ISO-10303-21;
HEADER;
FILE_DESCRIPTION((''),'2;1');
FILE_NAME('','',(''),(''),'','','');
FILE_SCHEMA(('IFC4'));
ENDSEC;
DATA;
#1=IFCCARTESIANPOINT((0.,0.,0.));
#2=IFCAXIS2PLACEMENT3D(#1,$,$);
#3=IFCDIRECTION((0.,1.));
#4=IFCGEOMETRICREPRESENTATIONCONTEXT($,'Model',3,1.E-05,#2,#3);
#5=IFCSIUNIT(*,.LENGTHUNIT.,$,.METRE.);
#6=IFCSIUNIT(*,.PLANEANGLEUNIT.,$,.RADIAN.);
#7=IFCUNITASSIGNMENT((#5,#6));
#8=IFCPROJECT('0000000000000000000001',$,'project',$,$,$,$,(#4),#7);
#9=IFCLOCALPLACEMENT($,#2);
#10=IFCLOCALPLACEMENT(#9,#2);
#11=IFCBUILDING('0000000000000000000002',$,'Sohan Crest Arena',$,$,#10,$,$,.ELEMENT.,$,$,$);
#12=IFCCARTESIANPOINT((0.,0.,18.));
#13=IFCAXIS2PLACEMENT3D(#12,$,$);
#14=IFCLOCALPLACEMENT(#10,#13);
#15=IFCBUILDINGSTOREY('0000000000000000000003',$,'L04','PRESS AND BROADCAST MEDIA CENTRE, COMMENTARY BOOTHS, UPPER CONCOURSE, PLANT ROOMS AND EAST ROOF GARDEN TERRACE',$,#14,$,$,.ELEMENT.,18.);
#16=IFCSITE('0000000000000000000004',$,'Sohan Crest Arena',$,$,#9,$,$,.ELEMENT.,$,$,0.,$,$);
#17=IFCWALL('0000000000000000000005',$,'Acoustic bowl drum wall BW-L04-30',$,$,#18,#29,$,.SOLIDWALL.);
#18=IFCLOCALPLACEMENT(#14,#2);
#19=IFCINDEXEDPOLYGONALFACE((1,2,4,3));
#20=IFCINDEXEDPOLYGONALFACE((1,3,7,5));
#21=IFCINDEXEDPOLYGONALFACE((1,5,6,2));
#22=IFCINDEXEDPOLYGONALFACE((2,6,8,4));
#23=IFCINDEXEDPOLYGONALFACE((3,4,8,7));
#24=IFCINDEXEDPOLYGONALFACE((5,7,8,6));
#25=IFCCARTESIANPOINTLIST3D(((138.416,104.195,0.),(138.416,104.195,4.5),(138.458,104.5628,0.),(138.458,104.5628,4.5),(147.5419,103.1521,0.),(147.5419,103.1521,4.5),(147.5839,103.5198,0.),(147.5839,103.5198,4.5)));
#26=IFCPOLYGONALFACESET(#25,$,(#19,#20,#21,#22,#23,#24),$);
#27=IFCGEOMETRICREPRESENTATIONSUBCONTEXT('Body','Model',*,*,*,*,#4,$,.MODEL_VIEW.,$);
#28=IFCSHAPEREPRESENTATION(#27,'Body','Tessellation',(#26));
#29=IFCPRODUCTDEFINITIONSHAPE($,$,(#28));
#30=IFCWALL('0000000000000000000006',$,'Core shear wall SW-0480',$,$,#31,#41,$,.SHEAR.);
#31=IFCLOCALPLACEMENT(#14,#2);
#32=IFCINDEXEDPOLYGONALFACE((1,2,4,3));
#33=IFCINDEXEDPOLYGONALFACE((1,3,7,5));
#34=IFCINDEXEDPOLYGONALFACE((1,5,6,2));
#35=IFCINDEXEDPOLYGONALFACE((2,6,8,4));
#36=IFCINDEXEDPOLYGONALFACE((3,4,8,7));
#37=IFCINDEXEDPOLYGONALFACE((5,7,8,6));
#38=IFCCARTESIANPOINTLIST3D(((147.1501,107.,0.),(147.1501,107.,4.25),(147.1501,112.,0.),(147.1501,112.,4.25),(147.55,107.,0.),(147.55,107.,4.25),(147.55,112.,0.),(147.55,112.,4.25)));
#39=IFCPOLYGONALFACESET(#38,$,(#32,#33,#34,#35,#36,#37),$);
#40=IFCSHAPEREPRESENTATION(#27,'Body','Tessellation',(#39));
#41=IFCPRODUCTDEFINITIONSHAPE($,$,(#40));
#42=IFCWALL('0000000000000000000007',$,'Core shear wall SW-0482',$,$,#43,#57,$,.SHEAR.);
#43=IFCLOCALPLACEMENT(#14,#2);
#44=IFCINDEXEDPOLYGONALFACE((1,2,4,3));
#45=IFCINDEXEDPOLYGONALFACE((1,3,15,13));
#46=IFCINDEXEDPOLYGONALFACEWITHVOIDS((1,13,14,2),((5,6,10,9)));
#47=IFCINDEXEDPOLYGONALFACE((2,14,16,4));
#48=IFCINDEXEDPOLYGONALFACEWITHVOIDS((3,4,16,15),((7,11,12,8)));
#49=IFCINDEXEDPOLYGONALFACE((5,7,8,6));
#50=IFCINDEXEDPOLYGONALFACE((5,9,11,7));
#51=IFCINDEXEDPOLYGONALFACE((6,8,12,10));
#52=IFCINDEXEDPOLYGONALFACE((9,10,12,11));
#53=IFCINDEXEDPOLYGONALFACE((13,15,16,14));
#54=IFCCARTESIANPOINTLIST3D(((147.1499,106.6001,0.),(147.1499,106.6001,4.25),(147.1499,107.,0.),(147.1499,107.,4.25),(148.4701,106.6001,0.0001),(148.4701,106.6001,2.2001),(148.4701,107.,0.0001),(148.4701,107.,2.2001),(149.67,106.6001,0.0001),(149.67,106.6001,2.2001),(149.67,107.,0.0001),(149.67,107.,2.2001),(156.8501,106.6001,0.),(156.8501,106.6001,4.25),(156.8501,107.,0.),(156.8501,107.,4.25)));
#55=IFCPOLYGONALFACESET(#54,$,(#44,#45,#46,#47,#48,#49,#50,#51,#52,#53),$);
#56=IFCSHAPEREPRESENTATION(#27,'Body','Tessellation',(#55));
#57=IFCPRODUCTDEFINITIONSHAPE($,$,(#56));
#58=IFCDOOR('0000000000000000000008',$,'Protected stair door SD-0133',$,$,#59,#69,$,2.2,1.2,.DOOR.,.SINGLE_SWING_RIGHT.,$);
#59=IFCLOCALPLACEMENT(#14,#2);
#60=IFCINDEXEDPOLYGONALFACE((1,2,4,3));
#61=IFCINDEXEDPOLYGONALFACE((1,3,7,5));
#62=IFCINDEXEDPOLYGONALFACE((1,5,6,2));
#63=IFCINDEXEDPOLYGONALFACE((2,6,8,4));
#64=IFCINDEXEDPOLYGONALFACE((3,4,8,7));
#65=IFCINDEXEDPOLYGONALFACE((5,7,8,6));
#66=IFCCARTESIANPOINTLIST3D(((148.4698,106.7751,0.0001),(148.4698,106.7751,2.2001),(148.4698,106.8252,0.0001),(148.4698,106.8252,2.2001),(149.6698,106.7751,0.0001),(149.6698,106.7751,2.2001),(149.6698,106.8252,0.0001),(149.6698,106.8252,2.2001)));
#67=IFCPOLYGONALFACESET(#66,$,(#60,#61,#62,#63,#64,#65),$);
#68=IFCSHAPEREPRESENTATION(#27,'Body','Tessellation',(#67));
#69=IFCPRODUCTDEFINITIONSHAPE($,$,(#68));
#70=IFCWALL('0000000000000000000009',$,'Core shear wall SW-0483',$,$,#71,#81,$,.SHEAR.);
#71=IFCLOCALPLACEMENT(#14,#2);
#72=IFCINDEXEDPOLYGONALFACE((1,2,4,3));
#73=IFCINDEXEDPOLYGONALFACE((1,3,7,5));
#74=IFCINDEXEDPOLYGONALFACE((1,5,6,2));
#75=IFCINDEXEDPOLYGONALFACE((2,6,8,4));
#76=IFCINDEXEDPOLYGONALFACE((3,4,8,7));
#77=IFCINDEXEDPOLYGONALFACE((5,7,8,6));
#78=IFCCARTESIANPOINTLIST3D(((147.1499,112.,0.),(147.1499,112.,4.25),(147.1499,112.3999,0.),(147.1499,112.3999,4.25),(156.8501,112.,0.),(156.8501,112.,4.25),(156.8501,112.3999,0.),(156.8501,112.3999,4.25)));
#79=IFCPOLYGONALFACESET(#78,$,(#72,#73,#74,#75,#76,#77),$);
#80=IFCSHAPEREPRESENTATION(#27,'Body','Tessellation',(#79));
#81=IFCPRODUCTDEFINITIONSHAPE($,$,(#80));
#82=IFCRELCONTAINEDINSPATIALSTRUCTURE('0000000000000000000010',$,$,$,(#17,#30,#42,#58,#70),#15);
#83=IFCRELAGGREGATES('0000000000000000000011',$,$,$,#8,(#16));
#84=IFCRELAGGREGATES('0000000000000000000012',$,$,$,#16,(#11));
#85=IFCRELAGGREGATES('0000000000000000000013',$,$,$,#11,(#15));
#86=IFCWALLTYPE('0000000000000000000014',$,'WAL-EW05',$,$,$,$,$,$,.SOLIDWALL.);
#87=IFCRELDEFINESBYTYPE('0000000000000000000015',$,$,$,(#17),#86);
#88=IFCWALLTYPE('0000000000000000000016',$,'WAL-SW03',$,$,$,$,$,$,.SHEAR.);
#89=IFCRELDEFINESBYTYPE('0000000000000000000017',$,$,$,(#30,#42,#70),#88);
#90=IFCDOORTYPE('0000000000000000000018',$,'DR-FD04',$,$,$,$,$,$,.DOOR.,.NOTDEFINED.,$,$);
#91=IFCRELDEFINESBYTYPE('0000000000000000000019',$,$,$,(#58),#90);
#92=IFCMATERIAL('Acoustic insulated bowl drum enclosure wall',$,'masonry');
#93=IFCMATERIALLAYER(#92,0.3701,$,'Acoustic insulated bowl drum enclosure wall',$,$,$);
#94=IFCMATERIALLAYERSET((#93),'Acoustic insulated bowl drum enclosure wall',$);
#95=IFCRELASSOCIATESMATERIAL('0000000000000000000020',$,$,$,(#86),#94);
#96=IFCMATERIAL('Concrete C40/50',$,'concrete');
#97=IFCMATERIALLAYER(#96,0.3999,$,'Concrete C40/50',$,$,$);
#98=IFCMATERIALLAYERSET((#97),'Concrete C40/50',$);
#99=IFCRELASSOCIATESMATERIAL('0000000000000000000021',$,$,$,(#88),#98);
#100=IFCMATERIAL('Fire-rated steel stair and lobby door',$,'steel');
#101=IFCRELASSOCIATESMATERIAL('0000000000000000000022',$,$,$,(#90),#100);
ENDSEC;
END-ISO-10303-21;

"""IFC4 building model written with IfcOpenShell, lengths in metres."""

from ifc_helpers import new_model, si_unit, direction, frame, frame_2d, origin, place, context, subcontext, project, spatial, rectangle, extrude, material, layer, layer_set, type_object, element, fill, save


model = new_model("IFC4")

# Units and contexts
model_context = context("Model", 3, precision=1e-05, world=origin(), true_north=direction((0.0, 1.0)))
body_context = subcontext(model_context, "Body", "Model", "MODEL_VIEW")
ifc_project = project(units=[si_unit("LENGTHUNIT", "METRE"), si_unit("PLANEANGLEUNIT", "RADIAN")], contexts=[model_context])

# Site, building, storey
site_placement = place(None, origin())
site = spatial("IfcSite", under=ifc_project, at=site_placement, Name="Sohan Crest Arena", CompositionType="ELEMENT", RefElevation=0.0)
building_placement = place(site_placement, origin())
building = spatial("IfcBuilding", under=site, at=building_placement, Name="Sohan Crest Arena", CompositionType="ELEMENT")
storey_placement = place(building_placement, frame((0.0, 0.0, 18.0)))
storey = spatial("IfcBuildingStorey", under=building, at=storey_placement, Name="L04", Description="PRESS AND BROADCAST MEDIA CENTRE, COMMENTARY BOOTHS, UPPER CONCOURSE, PLANT ROOMS AND EAST ROOF GARDEN TERRACE", CompositionType="ELEMENT", Elevation=18.0)

# Shared definitions
ifc_material_1 = material(Name="Concrete C40/50", Category="concrete")

# Walls
ifc_material_2 = material(Name="Acoustic insulated bowl drum enclosure wall", Category="masonry")
ifc_layer_1 = layer(ifc_material_2, 0.3701, Name="Acoustic insulated bowl drum enclosure wall")
ifc_layer_set_1 = layer_set([ifc_layer_1], Name="Acoustic insulated bowl drum enclosure wall")
wall_type_1 = type_object("IfcWallType", Name="WAL-EW05", PredefinedType="SOLIDWALL", material=ifc_layer_set_1)
wall_1_placement = place(storey_placement, frame((147.563, 103.3359, 0.0), z_axis=(0.0, 0.0, 1.0), x_axis=(-0.993533, 0.113547, 0.0)))
element("IfcWall", 1, at=wall_1_placement, inside=storey, type_object=wall_type_1, Name="Acoustic bowl drum wall BW-L04-30", PredefinedType="SOLIDWALL", context=body_context, shape_type="SweptSolid", body=[
    extrude(rectangle(XDim=9.1853, YDim=0.3701, at=frame_2d((4.5928, 0.0))), origin(), (0.0, 0.0, 1.0), 4.5),
])
ifc_layer_2 = layer(ifc_material_1, 0.3999, Name="Concrete C40/50")
ifc_layer_set_2 = layer_set([ifc_layer_2], Name="Concrete C40/50")
wall_type_2 = type_object("IfcWallType", Name="WAL-SW03", PredefinedType="SHEAR", material=ifc_layer_set_2)
wall_2_placement = place(storey_placement, frame((147.3501, 107.0, 0.0), z_axis=(0.0, 0.0, 1.0), x_axis=(0.0, 1.0, 0.0)))
element("IfcWall", 2, at=wall_2_placement, inside=storey, type_object=wall_type_2, Name="Core shear wall SW-0480", PredefinedType="SHEAR", context=body_context, shape_type="SweptSolid", body=[
    extrude(rectangle(XDim=5.0, YDim=0.3999, at=frame_2d((2.5, 0.0))), origin(), (0.0, 0.0, 1.0), 4.25),
])

# Wall, opening, door
wall_3_placement = place(storey_placement, frame((147.1499, 106.8, 0.0), z_axis=(0.0, 0.0, 1.0), x_axis=(1.0, 0.0, 0.0)))
wall_3 = element("IfcWall", 3, at=wall_3_placement, inside=storey, type_object=wall_type_2, Name="Core shear wall SW-0482", PredefinedType="SHEAR", context=body_context, shape_type="SweptSolid", body=[
    extrude(rectangle(XDim=9.7002, YDim=0.3999, at=frame_2d((4.8501, 0.0))), origin(), (0.0, 0.0, 1.0), 4.25),
])
opening_placement = place(wall_3_placement, frame((1.3201, 0.0, 0.0)))
opening = element("IfcOpeningElement", 4, at=opening_placement, cuts=wall_3, PredefinedType="OPENING", context=body_context, shape_type="SweptSolid", body=[
    extrude(rectangle(XDim=1.2, YDim=2.2, at=frame_2d((0.6001, 1.1001))), frame((0.0, 0.21, 0.0), z_axis=(0.0, -1.0, 0.0), x_axis=(1.0, 0.0, 0.0)), (0.0, 0.0, 1.0), 0.4199),
])
ifc_material_3 = material(Name="Fire-rated steel stair and lobby door", Category="steel")
door_type = type_object("IfcDoorType", Name="DR-FD04", OperationType="NOTDEFINED", PredefinedType="DOOR", material=ifc_material_3)
door_placement = place(opening_placement, frame((1.2, 0.0, 0.0), z_axis=(0.0, 0.0, 1.0), x_axis=(-1.0, 0.0, 0.0)))
door = element("IfcDoor", 5, at=door_placement, inside=storey, type_object=door_type, Name="Protected stair door SD-0133", OperationType="SINGLE_SWING_RIGHT", OverallHeight=2.2, OverallWidth=1.2, PredefinedType="DOOR", context=body_context, shape_type="SweptSolid", body=[
    extrude(rectangle(XDim=1.2, YDim=2.2, at=frame_2d((0.6001, 1.1001))), frame((0.0, 0.0249, 0.0), z_axis=(0.0, -1.0, 0.0), x_axis=(1.0, 0.0, 0.0)), (0.0, 0.0, 1.0), 0.05),
])
fill(opening, door)

# Wall
wall_4_placement = place(storey_placement, frame((147.1499, 112.2, 0.0), z_axis=(0.0, 0.0, 1.0), x_axis=(1.0, 0.0, 0.0)))
element("IfcWall", 6, at=wall_4_placement, inside=storey, type_object=wall_type_2, Name="Core shear wall SW-0483", PredefinedType="SHEAR", context=body_context, shape_type="SweptSolid", body=[
    extrude(rectangle(XDim=9.7002, YDim=0.3999, at=frame_2d((4.8501, 0.0))), origin(), (0.0, 0.0, 1.0), 4.25),
])

save(model, "model.ifc")
